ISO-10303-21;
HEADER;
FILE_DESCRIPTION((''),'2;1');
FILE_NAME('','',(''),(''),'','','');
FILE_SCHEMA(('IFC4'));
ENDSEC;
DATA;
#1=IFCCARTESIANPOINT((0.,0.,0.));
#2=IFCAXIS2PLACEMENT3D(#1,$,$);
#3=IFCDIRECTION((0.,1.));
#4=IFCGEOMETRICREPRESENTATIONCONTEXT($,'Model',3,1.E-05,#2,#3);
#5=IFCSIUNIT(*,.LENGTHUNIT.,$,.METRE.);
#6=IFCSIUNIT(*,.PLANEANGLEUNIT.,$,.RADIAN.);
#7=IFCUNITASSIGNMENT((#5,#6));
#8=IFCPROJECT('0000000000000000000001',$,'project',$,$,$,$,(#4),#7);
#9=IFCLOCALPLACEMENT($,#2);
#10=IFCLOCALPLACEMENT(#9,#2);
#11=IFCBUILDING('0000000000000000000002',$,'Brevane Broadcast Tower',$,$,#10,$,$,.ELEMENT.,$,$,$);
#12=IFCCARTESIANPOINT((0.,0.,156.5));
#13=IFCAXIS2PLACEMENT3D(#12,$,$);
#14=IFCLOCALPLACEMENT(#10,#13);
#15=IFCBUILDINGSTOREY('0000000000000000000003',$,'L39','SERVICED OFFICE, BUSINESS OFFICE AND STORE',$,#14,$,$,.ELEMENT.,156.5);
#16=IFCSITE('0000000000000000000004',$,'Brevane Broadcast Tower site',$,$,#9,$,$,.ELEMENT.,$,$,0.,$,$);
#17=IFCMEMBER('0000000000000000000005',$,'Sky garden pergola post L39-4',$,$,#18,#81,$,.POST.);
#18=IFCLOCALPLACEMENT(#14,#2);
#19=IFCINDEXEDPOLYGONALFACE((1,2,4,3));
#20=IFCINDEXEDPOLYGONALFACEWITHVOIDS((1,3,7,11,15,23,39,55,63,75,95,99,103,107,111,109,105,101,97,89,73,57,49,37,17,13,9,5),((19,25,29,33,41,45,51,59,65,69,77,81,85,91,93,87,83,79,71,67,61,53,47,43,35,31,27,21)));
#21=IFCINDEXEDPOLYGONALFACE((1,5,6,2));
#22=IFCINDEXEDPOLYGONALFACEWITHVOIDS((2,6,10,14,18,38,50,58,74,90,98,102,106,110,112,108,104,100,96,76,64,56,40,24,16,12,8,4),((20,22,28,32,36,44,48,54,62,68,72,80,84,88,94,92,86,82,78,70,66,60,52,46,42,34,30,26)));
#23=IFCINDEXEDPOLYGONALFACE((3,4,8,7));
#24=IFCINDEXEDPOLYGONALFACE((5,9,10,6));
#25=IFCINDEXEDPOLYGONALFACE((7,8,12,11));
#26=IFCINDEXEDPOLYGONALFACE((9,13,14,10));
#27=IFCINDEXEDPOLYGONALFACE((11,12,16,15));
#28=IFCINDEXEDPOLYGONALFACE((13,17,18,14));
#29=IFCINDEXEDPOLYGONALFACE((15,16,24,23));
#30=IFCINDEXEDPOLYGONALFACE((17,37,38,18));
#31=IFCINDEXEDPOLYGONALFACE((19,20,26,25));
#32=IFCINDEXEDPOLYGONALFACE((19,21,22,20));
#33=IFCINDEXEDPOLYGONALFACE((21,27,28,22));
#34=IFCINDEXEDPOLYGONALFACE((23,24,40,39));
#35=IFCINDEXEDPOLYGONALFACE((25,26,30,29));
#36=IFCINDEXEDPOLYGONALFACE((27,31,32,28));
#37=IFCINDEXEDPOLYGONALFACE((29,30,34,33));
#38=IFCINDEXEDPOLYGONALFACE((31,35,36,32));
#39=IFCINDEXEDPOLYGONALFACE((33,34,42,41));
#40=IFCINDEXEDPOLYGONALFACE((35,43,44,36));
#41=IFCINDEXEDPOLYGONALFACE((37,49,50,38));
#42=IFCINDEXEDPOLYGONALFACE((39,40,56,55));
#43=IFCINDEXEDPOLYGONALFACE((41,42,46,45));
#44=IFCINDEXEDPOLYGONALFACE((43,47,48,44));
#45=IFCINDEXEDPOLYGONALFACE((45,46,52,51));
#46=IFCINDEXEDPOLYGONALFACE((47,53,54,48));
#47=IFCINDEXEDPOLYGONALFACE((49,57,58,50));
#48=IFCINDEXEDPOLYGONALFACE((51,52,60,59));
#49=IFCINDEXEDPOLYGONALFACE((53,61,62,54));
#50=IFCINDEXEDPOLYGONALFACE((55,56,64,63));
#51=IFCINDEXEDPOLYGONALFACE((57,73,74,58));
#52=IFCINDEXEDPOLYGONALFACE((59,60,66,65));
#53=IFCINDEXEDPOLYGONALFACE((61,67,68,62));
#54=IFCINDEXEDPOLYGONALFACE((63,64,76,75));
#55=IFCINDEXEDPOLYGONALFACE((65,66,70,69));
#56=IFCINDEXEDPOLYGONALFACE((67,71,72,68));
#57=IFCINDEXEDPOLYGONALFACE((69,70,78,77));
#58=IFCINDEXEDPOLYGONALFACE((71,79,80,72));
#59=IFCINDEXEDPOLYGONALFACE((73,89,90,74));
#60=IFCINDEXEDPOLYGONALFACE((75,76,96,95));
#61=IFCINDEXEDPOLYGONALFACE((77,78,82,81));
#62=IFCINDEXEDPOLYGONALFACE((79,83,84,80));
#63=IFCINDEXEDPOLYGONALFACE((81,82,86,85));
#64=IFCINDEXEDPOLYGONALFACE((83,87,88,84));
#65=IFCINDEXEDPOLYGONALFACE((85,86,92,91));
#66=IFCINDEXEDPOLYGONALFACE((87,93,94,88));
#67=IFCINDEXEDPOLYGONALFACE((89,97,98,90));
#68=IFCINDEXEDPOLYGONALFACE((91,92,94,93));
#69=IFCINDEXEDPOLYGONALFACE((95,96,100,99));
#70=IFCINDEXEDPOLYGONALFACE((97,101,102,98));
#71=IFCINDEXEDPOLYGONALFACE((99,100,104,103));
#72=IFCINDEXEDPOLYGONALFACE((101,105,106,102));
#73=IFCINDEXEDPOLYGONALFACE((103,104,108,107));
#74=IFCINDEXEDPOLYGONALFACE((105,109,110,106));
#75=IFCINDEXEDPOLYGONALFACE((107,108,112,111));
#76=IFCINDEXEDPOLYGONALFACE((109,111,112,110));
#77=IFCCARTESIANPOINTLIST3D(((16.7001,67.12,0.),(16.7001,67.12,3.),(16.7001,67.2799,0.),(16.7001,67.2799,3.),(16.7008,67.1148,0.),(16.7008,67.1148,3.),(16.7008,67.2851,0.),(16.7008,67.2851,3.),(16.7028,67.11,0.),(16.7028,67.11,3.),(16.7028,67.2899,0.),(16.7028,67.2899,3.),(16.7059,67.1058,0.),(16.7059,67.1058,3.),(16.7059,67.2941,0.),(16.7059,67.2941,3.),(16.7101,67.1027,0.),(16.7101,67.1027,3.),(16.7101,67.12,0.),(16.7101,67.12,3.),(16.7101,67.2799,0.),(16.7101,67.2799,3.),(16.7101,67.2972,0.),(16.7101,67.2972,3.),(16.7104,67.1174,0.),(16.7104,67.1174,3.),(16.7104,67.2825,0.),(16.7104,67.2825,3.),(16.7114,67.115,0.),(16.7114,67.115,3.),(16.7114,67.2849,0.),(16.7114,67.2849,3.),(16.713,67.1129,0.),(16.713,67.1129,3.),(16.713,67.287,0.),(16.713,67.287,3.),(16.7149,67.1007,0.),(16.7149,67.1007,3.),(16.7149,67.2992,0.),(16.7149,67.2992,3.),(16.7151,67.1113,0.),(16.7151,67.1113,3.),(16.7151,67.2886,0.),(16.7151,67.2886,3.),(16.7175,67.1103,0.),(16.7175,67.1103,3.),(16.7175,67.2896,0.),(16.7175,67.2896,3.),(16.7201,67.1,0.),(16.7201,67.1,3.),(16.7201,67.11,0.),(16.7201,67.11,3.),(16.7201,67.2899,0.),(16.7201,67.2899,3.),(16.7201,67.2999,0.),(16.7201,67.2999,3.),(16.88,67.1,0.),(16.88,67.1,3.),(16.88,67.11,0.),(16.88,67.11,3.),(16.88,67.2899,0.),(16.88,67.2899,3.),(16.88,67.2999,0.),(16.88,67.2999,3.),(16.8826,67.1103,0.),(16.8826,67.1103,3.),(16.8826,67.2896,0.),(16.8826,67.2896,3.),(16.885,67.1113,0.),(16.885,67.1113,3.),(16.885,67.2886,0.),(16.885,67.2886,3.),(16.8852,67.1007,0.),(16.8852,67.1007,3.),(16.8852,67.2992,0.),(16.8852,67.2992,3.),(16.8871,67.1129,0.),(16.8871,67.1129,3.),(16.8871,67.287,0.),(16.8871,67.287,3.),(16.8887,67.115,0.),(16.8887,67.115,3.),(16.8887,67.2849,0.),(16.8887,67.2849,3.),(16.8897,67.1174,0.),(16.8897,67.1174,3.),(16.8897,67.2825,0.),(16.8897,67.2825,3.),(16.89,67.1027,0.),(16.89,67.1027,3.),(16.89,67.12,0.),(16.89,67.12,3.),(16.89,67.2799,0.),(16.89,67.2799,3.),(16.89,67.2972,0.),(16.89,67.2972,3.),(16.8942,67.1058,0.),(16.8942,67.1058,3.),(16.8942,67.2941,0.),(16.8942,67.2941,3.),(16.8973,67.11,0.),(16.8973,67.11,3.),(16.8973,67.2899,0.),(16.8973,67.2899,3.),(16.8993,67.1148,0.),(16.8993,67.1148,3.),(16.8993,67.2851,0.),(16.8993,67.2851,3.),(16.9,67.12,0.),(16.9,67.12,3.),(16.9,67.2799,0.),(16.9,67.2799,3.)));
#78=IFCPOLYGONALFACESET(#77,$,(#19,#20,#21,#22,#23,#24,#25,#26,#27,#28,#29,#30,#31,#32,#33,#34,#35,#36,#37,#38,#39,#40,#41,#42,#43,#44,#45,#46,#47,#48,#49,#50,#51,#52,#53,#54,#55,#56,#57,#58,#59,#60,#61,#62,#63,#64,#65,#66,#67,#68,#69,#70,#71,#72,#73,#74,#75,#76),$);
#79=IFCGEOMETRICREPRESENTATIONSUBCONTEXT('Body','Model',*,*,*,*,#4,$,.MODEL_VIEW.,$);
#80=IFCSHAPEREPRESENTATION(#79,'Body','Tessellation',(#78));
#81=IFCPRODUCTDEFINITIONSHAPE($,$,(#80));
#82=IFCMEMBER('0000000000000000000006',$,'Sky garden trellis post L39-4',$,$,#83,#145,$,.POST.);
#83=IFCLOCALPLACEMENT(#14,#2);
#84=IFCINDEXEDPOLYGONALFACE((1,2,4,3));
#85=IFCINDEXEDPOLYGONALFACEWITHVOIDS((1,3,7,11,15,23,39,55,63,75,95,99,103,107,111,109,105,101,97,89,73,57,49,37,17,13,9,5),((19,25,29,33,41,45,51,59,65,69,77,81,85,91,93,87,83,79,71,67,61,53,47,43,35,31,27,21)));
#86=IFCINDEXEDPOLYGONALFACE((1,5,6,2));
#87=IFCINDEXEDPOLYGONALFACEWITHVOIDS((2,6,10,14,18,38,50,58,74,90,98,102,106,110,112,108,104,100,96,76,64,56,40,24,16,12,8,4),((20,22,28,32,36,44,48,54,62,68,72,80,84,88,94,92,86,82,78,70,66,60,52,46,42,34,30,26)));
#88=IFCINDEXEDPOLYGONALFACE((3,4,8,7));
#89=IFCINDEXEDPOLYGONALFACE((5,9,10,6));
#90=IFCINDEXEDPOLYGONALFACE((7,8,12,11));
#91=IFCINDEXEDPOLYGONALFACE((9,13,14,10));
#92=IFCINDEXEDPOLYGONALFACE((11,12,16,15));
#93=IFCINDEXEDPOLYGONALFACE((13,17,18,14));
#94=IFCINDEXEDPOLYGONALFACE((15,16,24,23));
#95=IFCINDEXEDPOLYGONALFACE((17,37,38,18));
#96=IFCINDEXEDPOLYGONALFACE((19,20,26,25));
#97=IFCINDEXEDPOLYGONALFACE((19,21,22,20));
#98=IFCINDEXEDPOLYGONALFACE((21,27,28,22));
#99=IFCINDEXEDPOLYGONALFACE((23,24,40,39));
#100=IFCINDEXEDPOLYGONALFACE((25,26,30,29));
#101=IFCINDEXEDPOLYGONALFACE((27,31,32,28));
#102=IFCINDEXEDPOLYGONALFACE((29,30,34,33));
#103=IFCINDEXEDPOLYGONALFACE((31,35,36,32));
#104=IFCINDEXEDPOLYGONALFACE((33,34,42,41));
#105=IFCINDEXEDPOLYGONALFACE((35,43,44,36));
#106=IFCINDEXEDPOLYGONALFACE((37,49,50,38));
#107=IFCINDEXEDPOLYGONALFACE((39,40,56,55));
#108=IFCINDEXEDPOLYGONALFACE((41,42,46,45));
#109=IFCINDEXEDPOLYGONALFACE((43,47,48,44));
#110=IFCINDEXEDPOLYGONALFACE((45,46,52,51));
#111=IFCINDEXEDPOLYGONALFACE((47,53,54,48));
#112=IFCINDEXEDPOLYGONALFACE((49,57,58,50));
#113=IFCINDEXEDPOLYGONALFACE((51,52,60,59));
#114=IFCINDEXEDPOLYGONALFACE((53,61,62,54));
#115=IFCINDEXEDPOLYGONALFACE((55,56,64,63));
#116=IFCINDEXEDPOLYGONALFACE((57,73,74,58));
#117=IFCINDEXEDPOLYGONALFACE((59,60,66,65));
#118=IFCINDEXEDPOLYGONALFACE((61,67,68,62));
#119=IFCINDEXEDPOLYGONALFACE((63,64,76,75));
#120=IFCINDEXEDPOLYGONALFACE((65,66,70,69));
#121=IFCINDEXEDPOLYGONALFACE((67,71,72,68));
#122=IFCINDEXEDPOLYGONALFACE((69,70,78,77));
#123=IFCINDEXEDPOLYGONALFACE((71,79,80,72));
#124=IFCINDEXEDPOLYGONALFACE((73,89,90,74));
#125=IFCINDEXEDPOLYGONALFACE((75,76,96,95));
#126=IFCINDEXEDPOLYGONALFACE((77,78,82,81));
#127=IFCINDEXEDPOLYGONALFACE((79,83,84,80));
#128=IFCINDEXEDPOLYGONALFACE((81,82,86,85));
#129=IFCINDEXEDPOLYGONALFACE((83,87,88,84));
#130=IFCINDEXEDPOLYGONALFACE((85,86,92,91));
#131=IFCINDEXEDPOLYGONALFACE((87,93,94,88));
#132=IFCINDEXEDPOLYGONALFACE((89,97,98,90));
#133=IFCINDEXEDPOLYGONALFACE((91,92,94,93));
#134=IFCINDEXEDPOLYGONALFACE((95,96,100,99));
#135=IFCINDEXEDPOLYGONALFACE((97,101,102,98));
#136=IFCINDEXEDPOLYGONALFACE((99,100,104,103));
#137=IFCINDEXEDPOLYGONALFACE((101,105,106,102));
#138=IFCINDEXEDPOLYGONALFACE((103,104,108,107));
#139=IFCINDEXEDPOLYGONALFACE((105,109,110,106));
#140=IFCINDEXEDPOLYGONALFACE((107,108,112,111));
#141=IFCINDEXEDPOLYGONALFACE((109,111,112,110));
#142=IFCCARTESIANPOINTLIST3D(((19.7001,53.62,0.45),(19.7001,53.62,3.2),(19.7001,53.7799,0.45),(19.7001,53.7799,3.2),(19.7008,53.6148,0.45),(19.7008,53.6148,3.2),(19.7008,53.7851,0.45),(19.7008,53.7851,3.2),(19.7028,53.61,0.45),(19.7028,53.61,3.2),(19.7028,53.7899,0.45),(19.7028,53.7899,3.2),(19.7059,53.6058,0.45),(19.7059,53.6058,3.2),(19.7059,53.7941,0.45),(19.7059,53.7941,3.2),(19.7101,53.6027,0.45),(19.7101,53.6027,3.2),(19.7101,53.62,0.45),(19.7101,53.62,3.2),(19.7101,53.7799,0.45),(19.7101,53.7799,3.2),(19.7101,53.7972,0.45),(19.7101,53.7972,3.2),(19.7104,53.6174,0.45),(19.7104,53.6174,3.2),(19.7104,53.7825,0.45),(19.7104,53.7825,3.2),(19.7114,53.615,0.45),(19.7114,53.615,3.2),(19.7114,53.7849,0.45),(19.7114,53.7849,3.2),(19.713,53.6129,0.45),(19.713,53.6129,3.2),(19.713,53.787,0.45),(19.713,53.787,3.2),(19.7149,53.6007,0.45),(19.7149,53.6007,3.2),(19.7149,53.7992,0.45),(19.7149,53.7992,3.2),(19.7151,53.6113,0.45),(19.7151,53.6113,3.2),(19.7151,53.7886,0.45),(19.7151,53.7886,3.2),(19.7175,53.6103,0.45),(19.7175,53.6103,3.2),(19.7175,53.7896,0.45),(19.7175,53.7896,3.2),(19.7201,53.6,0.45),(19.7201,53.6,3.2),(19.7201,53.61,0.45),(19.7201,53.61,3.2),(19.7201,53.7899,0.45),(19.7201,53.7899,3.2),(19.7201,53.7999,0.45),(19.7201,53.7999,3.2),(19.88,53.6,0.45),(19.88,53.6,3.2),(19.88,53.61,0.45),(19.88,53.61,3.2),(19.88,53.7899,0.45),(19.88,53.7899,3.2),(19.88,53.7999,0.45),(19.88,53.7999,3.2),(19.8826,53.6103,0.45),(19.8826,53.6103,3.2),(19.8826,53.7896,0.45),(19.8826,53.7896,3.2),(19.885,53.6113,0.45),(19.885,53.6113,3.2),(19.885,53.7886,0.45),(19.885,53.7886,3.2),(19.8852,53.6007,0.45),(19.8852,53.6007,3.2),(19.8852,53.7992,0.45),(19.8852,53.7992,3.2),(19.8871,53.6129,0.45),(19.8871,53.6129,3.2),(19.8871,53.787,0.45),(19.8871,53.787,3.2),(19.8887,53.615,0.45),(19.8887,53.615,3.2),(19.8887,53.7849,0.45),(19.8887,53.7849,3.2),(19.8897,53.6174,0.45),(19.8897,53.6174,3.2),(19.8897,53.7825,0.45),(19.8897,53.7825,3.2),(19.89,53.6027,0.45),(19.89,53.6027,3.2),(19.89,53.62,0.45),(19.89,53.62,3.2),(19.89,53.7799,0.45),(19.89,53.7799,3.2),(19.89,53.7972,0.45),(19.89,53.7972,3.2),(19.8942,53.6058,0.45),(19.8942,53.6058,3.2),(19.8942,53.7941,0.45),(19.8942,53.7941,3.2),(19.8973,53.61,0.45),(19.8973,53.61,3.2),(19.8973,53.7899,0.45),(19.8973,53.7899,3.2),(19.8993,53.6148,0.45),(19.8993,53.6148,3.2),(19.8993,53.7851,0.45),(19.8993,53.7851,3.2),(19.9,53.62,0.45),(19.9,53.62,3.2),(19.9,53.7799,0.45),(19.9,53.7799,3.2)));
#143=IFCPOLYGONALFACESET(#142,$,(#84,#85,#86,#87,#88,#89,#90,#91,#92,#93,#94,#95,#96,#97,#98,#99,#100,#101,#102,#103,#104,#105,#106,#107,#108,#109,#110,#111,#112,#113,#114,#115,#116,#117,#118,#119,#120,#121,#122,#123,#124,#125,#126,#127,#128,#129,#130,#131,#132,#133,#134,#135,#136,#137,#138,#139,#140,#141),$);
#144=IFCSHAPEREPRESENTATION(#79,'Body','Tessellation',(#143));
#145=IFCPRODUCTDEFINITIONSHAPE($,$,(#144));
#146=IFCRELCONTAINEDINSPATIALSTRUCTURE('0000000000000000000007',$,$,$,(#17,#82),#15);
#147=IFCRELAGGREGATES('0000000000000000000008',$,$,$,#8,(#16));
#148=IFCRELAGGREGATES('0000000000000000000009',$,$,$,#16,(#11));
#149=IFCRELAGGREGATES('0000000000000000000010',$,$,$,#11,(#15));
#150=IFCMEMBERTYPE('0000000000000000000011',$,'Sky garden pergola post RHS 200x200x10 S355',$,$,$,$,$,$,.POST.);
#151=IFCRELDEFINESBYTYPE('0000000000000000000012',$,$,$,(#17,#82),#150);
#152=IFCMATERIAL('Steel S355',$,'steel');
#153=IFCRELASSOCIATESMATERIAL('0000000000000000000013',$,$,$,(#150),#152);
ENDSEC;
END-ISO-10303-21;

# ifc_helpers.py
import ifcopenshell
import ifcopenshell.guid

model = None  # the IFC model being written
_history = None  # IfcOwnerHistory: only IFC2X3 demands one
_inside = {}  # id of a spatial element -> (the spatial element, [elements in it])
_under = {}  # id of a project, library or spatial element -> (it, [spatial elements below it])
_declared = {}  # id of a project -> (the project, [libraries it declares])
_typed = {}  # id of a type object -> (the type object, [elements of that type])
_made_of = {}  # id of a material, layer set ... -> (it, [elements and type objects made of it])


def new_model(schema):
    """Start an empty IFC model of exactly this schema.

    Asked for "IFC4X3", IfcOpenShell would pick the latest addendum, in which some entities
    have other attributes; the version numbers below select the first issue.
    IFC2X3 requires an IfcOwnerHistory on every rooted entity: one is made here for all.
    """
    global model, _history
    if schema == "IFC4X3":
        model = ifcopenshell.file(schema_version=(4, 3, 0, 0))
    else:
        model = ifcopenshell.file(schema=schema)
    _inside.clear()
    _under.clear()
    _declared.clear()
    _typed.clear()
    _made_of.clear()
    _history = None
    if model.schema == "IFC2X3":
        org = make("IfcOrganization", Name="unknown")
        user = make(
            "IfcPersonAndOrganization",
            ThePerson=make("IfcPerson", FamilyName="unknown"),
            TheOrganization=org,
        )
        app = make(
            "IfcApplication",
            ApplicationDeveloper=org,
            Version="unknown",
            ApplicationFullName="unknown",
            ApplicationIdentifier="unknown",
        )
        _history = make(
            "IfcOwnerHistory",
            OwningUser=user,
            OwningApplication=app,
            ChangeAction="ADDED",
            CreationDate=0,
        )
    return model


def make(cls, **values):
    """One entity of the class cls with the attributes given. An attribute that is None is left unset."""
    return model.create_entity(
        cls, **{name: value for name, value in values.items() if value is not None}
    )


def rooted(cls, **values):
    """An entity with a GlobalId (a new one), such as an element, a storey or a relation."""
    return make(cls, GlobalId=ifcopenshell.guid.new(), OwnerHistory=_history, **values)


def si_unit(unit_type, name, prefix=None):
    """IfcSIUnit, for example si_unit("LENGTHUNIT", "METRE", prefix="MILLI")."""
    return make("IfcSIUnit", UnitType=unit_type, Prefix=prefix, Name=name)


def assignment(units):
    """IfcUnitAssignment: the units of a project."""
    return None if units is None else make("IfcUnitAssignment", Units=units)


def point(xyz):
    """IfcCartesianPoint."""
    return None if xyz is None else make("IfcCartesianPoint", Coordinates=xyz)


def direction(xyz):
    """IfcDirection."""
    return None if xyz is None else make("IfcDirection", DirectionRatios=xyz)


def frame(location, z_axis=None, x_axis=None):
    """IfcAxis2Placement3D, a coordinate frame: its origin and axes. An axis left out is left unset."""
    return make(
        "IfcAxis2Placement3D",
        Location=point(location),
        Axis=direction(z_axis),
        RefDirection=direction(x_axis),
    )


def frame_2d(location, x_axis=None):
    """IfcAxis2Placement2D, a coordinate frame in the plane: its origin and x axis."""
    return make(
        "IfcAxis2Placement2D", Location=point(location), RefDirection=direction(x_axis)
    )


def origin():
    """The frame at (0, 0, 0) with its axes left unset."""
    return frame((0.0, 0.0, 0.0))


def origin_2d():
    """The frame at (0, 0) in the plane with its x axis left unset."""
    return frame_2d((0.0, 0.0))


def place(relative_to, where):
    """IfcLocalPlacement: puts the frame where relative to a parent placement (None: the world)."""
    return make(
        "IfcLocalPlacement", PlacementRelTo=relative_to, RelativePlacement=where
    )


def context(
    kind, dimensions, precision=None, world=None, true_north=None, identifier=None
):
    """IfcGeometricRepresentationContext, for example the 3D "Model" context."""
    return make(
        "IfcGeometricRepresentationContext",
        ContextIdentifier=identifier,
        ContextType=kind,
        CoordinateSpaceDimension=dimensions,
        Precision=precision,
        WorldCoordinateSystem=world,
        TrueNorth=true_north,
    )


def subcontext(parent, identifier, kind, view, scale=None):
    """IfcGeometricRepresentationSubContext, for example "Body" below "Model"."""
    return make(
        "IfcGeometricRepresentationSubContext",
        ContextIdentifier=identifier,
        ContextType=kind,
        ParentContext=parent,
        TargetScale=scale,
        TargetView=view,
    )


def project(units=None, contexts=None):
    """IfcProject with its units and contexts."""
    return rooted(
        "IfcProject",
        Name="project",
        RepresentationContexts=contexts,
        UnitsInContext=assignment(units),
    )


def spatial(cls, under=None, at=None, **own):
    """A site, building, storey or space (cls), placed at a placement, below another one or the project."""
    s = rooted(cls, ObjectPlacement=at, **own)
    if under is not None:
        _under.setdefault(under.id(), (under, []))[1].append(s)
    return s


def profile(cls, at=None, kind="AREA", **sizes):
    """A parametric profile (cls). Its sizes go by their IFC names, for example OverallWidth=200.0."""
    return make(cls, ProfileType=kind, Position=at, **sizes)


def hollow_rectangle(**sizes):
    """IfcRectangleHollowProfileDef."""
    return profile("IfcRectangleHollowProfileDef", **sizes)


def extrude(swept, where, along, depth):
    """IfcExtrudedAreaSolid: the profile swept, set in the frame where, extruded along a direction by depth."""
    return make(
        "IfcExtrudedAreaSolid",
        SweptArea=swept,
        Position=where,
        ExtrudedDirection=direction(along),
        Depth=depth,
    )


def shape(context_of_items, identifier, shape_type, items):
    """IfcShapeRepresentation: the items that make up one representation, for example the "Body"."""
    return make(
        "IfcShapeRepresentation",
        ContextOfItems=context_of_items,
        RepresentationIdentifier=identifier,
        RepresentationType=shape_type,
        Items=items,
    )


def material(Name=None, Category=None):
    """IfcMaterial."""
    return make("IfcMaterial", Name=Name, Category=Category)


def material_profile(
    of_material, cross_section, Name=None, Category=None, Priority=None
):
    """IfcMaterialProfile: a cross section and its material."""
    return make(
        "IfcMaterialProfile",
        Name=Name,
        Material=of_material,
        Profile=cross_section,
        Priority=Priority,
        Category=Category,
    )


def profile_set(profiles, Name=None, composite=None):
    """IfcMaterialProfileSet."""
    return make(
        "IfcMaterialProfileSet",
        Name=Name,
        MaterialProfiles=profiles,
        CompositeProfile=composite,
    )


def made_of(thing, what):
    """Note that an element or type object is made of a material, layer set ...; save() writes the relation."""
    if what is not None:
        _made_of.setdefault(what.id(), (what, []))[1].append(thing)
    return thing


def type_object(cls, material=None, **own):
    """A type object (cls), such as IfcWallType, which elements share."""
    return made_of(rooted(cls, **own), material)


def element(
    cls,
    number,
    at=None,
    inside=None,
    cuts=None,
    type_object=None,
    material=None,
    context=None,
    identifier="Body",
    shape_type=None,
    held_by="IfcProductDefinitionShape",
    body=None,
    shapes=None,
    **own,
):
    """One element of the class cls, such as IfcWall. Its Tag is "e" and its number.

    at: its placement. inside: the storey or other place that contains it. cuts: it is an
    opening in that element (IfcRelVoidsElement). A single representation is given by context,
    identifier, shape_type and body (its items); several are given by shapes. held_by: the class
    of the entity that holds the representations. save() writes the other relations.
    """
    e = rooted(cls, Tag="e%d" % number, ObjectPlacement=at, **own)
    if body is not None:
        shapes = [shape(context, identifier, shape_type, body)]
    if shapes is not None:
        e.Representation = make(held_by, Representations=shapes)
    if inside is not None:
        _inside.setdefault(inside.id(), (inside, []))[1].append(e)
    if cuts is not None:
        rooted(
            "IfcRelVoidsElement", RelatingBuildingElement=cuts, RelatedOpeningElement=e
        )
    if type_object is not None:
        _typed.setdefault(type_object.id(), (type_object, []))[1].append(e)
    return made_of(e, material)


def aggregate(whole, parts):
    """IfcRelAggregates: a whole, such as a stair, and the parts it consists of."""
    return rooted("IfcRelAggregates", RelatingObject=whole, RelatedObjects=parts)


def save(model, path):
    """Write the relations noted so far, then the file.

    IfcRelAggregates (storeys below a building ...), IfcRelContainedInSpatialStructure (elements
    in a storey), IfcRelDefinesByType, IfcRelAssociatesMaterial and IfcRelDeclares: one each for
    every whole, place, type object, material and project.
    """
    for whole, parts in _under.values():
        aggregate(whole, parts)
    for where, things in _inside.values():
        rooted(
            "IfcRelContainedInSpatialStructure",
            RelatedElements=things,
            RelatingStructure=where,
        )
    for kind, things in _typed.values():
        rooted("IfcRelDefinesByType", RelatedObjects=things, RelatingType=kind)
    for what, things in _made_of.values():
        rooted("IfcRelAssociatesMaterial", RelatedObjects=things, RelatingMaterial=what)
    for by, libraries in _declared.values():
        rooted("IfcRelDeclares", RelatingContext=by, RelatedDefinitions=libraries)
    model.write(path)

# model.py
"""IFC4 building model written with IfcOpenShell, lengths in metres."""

from ifc_helpers import new_model, si_unit, direction, frame, origin, origin_2d, place, context, subcontext, project, spatial, hollow_rectangle, extrude, material, material_profile, profile_set, type_object, element, save


model = new_model("IFC4")

# Units and contexts
model_context = context("Model", 3, precision=1e-05, world=origin(), true_north=direction((0.0, 1.0)))
body_context = subcontext(model_context, "Body", "Model", "MODEL_VIEW")
ifc_project = project(units=[si_unit("LENGTHUNIT", "METRE"), si_unit("PLANEANGLEUNIT", "RADIAN")], contexts=[model_context])

# Site, building, storey
site_placement = place(None, origin())
site = spatial("IfcSite", under=ifc_project, at=site_placement, Name="Brevane Broadcast Tower site", CompositionType="ELEMENT", RefElevation=0.0)
building_placement = place(site_placement, origin())
building = spatial("IfcBuilding", under=site, at=building_placement, Name="Brevane Broadcast Tower", CompositionType="ELEMENT")
storey_placement = place(building_placement, frame((0.0, 0.0, 156.5)))
storey = spatial("IfcBuildingStorey", under=building, at=storey_placement, Name="L39", Description="SERVICED OFFICE, BUSINESS OFFICE AND STORE", CompositionType="ELEMENT", Elevation=156.5)

# Members
ifc_material_1 = material(Name="Steel S355", Category="steel")
ifc_material_profile_1 = material_profile(ifc_material_1, hollow_rectangle(XDim=0.2, YDim=0.2, WallThickness=0.01, InnerFilletRadius=0.01, OuterFilletRadius=0.02, at=origin_2d()), Name="RHS 200x200x10")
ifc_profile_set_1 = profile_set([ifc_material_profile_1], Name="Steel S355")
member_type_1 = type_object("IfcMemberType", Name="Sky garden pergola post RHS 200x200x10 S355", PredefinedType="POST", material=ifc_profile_set_1)
for number, where, z_axis, x_axis, name in (
    (1, (16.8, 67.2, 0.0), (0.0, 0.0, 1.0), (1.0, 0.0, 0.0), "Sky garden pergola post L39-4"),
):
    element("IfcMember", number, at=place(storey_placement, frame(where, z_axis=z_axis, x_axis=x_axis)), inside=storey, type_object=member_type_1, Name=name, PredefinedType="POST", context=body_context, shape_type="SweptSolid", body=[
        extrude(hollow_rectangle(XDim=0.2, YDim=0.2, WallThickness=0.01, InnerFilletRadius=0.01, OuterFilletRadius=0.02, at=origin_2d()), origin(), (0.0, 0.0, 1.0), 3.0),
    ])
for number, where, z_axis, x_axis, name in (
    (2, (19.8, 53.7, 0.45), (0.0, 0.0, 1.0), (1.0, 0.0, 0.0), "Sky garden trellis post L39-4"),
):
    element("IfcMember", number, at=place(storey_placement, frame(where, z_axis=z_axis, x_axis=x_axis)), inside=storey, type_object=member_type_1, Name=name, PredefinedType="POST", context=body_context, shape_type="SweptSolid", body=[
        extrude(hollow_rectangle(XDim=0.2, YDim=0.2, WallThickness=0.01, InnerFilletRadius=0.01, OuterFilletRadius=0.02, at=origin_2d()), origin(), (0.0, 0.0, 1.0), 2.75),
    ])

save(model, "model.ifc")
